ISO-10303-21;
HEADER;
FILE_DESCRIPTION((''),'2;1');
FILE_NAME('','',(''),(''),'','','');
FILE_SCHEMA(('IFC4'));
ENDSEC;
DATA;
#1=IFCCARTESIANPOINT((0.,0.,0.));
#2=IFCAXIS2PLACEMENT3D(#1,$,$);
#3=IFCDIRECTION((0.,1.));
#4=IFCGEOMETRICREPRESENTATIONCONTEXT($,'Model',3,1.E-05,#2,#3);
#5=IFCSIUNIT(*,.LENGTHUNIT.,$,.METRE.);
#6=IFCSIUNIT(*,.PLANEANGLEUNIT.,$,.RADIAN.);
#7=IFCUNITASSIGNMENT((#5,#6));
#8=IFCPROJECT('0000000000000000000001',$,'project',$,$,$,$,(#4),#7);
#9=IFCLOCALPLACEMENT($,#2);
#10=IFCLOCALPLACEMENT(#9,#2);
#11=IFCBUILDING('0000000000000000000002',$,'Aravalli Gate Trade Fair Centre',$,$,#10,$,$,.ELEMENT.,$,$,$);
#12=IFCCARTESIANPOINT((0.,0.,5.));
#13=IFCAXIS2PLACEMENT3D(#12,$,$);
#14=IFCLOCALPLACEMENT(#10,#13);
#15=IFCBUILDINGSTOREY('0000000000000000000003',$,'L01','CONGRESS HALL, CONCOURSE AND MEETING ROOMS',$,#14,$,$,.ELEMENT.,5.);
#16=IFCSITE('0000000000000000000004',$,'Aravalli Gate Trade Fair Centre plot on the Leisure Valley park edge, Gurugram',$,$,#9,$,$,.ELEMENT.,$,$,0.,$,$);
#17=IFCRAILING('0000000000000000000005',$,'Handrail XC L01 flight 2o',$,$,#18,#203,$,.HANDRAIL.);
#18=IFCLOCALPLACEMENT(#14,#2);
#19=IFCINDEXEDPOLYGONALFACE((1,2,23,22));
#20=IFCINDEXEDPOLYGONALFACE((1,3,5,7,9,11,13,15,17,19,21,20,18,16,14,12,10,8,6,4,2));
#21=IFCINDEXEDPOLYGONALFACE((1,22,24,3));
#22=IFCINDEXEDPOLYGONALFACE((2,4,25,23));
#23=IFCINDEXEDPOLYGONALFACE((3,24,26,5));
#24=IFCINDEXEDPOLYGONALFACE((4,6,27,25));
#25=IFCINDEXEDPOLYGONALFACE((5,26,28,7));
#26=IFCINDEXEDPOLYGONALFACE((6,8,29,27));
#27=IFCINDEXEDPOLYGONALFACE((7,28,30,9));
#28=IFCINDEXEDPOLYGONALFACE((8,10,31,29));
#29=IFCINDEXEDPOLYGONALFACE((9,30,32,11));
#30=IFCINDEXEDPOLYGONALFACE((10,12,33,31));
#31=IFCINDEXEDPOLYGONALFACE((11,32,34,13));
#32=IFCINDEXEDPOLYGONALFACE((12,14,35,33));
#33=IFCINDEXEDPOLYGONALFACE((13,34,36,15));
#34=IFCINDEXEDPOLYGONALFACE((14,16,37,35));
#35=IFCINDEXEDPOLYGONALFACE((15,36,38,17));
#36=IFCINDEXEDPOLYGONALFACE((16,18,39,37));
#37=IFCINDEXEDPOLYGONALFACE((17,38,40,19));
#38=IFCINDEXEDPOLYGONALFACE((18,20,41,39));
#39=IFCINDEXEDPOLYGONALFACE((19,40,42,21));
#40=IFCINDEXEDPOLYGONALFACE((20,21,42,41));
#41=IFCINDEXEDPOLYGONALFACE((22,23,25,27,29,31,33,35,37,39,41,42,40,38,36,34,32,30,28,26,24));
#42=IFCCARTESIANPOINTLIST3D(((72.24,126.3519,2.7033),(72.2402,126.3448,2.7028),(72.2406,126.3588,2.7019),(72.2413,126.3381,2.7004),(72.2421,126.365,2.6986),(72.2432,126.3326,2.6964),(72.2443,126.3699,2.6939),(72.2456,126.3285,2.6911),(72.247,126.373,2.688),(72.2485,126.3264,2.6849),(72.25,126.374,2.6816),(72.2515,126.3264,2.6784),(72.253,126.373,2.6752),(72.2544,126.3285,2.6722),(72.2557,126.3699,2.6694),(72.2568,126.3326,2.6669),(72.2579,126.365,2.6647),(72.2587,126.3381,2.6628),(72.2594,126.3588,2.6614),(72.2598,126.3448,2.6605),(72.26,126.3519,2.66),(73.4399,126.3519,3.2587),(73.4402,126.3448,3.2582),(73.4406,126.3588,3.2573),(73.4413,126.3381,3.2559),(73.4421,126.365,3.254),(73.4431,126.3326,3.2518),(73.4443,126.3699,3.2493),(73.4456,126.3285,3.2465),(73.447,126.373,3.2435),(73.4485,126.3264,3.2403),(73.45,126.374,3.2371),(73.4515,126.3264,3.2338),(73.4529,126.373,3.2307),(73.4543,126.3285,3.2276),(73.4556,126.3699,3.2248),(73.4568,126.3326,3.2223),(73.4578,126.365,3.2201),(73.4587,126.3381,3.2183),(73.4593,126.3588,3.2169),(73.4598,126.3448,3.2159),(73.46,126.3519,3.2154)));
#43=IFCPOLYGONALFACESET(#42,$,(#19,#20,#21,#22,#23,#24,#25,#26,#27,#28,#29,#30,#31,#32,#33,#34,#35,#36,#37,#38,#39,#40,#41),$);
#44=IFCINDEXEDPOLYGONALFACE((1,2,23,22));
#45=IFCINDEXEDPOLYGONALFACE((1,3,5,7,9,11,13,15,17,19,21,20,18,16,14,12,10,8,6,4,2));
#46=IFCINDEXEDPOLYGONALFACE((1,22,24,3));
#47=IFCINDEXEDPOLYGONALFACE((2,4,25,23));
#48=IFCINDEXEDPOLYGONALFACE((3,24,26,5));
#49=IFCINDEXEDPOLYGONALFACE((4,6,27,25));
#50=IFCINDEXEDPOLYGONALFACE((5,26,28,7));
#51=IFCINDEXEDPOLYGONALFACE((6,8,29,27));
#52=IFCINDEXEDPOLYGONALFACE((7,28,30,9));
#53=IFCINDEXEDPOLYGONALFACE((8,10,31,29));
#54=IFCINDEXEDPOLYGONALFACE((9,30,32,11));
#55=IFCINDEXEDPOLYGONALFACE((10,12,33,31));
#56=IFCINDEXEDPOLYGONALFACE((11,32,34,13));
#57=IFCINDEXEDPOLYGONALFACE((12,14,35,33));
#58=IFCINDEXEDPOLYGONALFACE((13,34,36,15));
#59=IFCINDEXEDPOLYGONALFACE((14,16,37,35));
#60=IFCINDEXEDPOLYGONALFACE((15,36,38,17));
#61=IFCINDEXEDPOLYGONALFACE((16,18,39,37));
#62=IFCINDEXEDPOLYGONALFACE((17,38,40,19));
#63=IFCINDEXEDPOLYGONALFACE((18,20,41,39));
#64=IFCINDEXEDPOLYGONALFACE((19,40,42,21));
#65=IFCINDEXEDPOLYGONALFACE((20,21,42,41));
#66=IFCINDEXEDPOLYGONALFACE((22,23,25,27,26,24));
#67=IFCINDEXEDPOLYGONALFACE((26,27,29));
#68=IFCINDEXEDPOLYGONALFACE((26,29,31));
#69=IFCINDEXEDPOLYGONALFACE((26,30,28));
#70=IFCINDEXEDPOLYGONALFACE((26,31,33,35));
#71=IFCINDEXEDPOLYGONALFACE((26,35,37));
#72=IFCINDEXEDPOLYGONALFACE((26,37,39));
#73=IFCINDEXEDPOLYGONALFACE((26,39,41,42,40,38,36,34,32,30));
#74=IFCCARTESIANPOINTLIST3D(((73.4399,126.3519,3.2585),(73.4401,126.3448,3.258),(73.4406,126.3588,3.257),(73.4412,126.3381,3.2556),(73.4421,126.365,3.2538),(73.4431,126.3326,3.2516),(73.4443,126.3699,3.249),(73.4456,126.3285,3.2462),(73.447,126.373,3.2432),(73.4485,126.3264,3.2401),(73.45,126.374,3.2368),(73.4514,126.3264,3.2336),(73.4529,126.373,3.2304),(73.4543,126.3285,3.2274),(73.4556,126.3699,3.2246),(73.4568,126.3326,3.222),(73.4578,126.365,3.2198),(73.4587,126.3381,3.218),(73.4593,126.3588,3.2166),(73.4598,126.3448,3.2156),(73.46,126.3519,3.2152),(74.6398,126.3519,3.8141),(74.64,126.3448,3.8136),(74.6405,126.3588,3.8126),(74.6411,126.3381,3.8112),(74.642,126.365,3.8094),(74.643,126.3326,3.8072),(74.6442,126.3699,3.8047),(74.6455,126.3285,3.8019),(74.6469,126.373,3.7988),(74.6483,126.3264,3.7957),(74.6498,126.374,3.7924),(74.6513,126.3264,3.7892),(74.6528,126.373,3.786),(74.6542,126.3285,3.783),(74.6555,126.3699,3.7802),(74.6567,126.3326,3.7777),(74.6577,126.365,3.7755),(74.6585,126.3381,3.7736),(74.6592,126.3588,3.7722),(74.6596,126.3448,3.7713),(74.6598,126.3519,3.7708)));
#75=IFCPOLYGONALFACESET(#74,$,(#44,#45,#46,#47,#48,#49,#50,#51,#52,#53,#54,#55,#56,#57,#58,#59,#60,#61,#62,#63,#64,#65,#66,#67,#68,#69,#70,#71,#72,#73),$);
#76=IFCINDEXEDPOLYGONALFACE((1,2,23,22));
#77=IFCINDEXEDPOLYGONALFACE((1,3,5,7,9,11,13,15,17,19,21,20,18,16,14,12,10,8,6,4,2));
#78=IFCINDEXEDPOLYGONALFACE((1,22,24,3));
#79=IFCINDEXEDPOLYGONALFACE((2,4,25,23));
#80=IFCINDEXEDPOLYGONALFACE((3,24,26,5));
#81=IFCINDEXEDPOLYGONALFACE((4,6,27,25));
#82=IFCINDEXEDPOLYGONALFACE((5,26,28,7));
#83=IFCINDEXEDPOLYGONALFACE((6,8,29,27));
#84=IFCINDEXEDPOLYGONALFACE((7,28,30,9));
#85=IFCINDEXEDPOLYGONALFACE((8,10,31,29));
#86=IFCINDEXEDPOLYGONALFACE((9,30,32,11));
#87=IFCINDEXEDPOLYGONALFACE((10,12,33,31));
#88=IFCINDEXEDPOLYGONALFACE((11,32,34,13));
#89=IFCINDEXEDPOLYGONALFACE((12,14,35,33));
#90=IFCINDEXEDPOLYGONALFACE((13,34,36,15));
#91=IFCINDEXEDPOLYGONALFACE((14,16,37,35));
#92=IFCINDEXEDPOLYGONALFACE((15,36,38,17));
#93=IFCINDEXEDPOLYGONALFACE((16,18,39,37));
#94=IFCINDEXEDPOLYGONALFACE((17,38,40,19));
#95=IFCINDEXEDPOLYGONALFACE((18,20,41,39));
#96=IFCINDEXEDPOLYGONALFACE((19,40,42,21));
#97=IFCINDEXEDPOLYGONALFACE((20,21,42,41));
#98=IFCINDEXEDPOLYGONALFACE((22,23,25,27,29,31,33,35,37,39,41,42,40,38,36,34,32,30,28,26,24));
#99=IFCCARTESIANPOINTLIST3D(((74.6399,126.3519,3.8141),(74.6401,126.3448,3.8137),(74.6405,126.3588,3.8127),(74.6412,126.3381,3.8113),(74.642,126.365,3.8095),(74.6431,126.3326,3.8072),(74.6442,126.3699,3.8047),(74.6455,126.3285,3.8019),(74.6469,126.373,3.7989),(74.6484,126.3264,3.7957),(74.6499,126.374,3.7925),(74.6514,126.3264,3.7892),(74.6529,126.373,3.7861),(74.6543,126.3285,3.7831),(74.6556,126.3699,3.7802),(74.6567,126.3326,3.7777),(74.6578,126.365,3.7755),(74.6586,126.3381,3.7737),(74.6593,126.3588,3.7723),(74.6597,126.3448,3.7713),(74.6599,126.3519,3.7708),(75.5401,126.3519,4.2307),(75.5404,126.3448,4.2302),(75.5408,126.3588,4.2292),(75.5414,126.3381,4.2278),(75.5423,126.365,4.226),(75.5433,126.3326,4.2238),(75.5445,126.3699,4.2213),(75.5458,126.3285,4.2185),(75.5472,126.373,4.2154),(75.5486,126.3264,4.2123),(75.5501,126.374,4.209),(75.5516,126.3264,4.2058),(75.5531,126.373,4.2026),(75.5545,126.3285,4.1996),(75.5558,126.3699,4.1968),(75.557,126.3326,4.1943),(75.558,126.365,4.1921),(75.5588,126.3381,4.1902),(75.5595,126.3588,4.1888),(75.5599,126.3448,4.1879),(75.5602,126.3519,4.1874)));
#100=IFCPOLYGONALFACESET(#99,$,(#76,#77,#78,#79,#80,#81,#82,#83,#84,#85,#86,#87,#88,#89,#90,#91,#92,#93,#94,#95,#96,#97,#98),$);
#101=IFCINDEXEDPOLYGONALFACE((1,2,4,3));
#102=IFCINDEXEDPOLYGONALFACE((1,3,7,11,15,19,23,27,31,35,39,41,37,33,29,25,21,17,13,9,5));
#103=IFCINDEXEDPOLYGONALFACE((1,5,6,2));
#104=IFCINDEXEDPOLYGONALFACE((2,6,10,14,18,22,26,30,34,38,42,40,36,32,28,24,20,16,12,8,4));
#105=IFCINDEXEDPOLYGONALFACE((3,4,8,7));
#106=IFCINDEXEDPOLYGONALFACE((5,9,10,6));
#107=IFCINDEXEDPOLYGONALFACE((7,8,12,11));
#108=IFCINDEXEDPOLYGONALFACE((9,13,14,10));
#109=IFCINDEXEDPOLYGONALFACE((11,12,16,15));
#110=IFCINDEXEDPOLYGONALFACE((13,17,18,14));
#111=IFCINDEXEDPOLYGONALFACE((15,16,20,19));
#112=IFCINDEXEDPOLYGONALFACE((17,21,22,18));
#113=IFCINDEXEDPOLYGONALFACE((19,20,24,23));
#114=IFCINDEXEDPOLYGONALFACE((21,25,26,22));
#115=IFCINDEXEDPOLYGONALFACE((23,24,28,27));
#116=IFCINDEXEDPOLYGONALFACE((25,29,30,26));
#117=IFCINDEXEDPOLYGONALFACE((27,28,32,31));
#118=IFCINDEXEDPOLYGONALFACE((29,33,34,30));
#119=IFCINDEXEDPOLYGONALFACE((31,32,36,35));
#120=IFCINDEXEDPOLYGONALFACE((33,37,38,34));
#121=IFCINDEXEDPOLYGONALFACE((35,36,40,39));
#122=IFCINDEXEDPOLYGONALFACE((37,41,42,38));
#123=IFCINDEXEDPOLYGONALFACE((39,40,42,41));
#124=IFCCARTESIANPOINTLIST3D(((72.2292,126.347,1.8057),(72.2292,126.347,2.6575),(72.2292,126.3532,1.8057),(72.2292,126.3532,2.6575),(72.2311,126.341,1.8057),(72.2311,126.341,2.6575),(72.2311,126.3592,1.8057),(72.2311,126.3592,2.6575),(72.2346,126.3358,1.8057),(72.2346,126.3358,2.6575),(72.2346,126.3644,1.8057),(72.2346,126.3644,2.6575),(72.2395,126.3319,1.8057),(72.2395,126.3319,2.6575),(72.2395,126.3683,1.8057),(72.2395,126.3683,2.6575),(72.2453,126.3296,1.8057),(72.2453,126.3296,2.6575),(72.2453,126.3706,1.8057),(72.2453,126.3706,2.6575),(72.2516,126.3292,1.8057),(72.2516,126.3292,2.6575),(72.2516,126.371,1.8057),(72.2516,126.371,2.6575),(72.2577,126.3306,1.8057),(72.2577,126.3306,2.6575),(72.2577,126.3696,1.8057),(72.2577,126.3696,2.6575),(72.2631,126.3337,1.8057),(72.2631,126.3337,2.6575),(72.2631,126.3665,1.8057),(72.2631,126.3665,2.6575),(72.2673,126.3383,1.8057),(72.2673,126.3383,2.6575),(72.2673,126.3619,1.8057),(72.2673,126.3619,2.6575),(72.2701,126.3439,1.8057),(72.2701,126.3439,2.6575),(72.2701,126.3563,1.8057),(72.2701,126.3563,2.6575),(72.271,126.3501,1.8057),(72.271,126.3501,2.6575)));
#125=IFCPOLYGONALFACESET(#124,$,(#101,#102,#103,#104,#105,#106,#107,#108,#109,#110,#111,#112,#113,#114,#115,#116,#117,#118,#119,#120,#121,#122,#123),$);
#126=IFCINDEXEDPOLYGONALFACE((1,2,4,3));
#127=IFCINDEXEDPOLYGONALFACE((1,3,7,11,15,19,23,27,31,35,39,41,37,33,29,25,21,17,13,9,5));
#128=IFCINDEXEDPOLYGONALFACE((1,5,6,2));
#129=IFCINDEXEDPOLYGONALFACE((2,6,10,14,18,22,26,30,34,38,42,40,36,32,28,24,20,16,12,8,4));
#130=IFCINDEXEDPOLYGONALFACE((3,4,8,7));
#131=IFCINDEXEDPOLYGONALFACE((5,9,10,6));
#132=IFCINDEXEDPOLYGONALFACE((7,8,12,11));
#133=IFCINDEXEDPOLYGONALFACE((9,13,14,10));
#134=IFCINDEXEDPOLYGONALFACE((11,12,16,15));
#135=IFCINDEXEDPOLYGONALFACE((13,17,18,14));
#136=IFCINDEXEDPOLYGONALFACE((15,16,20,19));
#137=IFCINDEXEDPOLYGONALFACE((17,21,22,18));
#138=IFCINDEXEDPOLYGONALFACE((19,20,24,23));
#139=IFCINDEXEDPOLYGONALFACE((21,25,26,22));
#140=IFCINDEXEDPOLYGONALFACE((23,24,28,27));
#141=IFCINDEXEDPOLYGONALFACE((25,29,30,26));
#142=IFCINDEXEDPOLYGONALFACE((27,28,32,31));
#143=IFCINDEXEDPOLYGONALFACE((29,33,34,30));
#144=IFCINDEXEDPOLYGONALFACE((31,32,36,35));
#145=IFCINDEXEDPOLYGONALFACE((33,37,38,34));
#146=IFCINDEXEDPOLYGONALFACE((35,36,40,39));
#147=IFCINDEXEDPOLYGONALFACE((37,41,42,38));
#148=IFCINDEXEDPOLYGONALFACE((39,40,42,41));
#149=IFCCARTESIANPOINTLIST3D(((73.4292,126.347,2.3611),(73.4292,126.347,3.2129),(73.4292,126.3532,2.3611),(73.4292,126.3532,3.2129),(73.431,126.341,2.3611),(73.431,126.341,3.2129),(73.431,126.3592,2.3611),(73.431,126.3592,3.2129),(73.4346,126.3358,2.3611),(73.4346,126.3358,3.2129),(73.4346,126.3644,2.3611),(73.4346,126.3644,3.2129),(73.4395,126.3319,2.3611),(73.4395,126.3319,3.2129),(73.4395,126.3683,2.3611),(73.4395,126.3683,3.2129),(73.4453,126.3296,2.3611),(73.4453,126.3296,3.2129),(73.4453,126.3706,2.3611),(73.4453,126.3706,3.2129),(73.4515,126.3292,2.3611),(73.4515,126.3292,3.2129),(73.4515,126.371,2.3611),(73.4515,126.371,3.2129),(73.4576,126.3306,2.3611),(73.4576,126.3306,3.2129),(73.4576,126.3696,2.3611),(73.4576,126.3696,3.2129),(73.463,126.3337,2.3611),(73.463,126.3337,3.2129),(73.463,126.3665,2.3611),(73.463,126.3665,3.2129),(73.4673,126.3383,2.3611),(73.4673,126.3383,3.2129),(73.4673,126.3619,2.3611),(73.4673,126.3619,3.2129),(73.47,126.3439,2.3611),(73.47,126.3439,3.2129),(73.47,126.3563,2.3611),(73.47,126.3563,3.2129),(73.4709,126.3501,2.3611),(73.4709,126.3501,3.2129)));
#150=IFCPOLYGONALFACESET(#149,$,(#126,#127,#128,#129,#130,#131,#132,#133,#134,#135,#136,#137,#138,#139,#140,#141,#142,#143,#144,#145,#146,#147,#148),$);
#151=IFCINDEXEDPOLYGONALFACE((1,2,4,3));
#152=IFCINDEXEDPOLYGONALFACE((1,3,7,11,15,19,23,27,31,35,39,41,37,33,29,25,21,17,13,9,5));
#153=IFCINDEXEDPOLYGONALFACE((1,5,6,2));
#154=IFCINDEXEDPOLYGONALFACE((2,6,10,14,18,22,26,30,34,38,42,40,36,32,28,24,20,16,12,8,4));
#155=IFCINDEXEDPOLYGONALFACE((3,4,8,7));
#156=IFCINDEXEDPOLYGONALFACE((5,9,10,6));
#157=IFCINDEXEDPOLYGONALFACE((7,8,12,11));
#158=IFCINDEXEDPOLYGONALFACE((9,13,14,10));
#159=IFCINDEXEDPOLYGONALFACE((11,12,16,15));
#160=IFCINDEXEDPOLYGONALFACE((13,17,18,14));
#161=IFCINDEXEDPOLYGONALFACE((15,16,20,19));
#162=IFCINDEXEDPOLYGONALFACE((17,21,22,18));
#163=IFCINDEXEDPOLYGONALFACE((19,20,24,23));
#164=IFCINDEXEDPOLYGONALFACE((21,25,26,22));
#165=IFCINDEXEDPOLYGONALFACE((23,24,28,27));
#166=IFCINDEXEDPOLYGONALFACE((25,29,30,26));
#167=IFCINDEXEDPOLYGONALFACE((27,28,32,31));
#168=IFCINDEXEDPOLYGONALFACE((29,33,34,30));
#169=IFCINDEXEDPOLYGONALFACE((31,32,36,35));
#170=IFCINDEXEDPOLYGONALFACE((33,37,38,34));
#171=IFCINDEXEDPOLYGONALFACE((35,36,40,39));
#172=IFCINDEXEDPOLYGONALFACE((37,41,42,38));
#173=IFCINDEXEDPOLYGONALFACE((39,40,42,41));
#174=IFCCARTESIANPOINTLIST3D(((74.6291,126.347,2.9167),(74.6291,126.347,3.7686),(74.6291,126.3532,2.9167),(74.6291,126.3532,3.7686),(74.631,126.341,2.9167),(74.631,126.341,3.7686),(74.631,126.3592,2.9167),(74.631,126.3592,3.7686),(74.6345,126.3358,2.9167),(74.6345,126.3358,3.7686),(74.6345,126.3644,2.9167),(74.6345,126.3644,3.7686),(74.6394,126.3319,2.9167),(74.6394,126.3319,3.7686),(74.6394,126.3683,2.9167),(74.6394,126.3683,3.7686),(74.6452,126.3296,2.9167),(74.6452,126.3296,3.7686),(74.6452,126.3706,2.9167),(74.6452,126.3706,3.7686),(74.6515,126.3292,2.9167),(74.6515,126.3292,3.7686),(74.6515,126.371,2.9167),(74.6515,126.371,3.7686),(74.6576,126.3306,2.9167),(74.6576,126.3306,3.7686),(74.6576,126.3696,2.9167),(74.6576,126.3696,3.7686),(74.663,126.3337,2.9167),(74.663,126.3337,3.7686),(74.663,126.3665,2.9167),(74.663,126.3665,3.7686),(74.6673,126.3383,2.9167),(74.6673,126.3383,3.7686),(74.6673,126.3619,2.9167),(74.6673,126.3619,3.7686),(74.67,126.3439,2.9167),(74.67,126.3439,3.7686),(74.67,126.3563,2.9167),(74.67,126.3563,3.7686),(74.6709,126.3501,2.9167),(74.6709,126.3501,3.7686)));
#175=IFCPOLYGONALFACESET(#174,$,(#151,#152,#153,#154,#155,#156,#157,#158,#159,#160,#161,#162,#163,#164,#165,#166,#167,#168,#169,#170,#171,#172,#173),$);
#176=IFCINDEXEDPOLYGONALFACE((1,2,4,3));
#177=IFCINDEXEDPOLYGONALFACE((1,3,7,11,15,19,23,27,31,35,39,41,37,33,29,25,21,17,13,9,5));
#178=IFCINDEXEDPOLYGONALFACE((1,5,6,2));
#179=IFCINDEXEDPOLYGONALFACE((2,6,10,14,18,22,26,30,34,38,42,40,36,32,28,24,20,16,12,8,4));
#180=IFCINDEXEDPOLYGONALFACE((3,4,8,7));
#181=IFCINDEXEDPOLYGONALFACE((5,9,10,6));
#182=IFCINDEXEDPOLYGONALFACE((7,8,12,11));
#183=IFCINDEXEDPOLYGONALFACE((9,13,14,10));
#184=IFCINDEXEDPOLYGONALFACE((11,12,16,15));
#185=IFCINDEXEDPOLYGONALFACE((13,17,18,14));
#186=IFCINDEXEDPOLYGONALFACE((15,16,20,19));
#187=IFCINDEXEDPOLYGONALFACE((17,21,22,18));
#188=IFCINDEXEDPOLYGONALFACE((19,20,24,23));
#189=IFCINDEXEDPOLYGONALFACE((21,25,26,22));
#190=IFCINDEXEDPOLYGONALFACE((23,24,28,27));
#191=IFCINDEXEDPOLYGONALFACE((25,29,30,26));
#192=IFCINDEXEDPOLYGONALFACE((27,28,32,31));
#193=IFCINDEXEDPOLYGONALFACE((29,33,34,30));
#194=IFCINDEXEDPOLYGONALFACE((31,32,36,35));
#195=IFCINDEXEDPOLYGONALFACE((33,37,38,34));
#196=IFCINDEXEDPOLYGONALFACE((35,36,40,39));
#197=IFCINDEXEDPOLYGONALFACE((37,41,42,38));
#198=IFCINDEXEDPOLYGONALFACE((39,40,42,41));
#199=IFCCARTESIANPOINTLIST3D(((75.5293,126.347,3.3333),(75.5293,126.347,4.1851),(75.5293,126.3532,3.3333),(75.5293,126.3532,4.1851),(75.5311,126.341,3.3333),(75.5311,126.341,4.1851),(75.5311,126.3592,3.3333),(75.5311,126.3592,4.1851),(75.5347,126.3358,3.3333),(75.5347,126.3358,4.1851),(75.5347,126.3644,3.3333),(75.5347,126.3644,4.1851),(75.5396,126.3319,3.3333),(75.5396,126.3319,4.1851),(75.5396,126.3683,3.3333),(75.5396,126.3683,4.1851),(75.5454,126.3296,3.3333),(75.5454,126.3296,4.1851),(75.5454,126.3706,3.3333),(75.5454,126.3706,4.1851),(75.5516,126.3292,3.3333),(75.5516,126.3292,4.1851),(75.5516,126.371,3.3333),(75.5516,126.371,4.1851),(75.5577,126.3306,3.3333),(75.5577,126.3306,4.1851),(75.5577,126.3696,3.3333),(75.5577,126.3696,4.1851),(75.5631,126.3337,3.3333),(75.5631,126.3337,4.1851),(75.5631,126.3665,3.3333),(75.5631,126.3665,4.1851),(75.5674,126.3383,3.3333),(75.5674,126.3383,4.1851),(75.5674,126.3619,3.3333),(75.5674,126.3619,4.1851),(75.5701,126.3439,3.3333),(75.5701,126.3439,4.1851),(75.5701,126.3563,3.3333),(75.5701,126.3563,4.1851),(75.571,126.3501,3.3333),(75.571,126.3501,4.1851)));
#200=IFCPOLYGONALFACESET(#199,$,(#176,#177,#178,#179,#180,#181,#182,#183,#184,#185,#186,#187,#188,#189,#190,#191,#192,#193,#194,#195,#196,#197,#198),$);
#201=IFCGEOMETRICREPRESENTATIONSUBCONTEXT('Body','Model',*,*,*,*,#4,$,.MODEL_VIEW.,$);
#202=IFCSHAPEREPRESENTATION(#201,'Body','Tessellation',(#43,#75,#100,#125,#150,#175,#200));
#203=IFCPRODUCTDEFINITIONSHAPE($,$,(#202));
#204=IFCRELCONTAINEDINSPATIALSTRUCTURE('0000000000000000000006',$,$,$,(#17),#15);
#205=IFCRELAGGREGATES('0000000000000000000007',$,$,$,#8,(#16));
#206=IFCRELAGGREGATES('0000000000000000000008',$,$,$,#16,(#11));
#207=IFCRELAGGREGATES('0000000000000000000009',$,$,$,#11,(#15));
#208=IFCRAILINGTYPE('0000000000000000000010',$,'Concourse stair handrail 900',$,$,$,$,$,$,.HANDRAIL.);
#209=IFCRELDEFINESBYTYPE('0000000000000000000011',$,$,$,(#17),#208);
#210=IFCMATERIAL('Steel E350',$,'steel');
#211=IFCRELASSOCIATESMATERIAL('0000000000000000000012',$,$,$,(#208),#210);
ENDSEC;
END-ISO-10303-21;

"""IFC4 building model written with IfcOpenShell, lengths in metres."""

from ifc_helpers import new_model, si_unit, direction, frame, origin, origin_2d, place, context, subcontext, project, spatial, circle, extrude, material, type_object, element, save


model = new_model("IFC4")

# Units and contexts
model_context = context("Model", 3, precision=1e-05, world=origin(), true_north=direction((0.0, 1.0)))
body_context = subcontext(model_context, "Body", "Model", "MODEL_VIEW")
ifc_project = project(units=[si_unit("LENGTHUNIT", "METRE"), si_unit("PLANEANGLEUNIT", "RADIAN")], contexts=[model_context])

# Site, building, storey
site_placement = place(None, origin())
site = spatial("IfcSite", under=ifc_project, at=site_placement, Name="Aravalli Gate Trade Fair Centre plot on the Leisure Valley park edge, Gurugram", CompositionType="ELEMENT", RefElevation=0.0)
building_placement = place(site_placement, origin())
building = spatial("IfcBuilding", under=site, at=building_placement, Name="Aravalli Gate Trade Fair Centre", CompositionType="ELEMENT")
storey_placement = place(building_placement, frame((0.0, 0.0, 5.0)))
storey = spatial("IfcBuildingStorey", under=building, at=storey_placement, Name="L01", Description="CONGRESS HALL, CONCOURSE AND MEETING ROOMS", CompositionType="ELEMENT", Elevation=5.0)

# Shared definitions
ifc_material_1 = material(Name="Steel E350", Category="steel")

# Railing
railing_type = type_object("IfcRailingType", Name="Concourse stair handrail 900", PredefinedType="HANDRAIL", material=ifc_material_1)
railing_placement = place(storey_placement, frame((72.25, 126.3501, 1.8057)))
element("IfcRailing", 1, at=railing_placement, inside=storey, type_object=railing_type, Name="Handrail XC L01 flight 2o", PredefinedType="HANDRAIL", context=body_context, shape_type="SweptSolid", body=[
    extrude(circle(Radius=0.0239, at=origin_2d()), frame((0.0, 0.0, 0.876), z_axis=(0.907499, 0.0, 0.420053), x_axis=(0.0, 1.0, 0.0)), (0.0, 0.0, 1.0), 1.3223),
    extrude(circle(Radius=0.0239, at=origin_2d()), frame((1.2, 0.0, 1.4312), z_axis=(0.907429, 0.0, 0.420205), x_axis=(0.0, 1.0, 0.0)), (0.0, 0.0, 1.0), 1.3223),
    extrude(circle(Radius=0.0239, at=origin_2d()), frame((2.3999, 0.0, 1.9868), z_axis=(0.907556, 0.0, 0.419932), x_axis=(0.0, 1.0, 0.0)), (0.0, 0.0, 1.0), 0.9919),
    extrude(circle(Radius=0.021, at=origin_2d()), origin(), (0.0, 0.0, 1.0), 0.8518),
    extrude(circle(Radius=0.021, at=origin_2d()), frame((1.2, 0.0, 0.5554)), (0.0, 0.0, 1.0), 0.8518),
    extrude(circle(Radius=0.021, at=origin_2d()), frame((2.3999, 0.0, 1.1111)), (0.0, 0.0, 1.0), 0.8518),
    extrude(circle(Radius=0.021, at=origin_2d()), frame((3.3, 0.0, 1.5276)), (0.0, 0.0, 1.0), 0.8518),
])

save(model, "model.ifc")
